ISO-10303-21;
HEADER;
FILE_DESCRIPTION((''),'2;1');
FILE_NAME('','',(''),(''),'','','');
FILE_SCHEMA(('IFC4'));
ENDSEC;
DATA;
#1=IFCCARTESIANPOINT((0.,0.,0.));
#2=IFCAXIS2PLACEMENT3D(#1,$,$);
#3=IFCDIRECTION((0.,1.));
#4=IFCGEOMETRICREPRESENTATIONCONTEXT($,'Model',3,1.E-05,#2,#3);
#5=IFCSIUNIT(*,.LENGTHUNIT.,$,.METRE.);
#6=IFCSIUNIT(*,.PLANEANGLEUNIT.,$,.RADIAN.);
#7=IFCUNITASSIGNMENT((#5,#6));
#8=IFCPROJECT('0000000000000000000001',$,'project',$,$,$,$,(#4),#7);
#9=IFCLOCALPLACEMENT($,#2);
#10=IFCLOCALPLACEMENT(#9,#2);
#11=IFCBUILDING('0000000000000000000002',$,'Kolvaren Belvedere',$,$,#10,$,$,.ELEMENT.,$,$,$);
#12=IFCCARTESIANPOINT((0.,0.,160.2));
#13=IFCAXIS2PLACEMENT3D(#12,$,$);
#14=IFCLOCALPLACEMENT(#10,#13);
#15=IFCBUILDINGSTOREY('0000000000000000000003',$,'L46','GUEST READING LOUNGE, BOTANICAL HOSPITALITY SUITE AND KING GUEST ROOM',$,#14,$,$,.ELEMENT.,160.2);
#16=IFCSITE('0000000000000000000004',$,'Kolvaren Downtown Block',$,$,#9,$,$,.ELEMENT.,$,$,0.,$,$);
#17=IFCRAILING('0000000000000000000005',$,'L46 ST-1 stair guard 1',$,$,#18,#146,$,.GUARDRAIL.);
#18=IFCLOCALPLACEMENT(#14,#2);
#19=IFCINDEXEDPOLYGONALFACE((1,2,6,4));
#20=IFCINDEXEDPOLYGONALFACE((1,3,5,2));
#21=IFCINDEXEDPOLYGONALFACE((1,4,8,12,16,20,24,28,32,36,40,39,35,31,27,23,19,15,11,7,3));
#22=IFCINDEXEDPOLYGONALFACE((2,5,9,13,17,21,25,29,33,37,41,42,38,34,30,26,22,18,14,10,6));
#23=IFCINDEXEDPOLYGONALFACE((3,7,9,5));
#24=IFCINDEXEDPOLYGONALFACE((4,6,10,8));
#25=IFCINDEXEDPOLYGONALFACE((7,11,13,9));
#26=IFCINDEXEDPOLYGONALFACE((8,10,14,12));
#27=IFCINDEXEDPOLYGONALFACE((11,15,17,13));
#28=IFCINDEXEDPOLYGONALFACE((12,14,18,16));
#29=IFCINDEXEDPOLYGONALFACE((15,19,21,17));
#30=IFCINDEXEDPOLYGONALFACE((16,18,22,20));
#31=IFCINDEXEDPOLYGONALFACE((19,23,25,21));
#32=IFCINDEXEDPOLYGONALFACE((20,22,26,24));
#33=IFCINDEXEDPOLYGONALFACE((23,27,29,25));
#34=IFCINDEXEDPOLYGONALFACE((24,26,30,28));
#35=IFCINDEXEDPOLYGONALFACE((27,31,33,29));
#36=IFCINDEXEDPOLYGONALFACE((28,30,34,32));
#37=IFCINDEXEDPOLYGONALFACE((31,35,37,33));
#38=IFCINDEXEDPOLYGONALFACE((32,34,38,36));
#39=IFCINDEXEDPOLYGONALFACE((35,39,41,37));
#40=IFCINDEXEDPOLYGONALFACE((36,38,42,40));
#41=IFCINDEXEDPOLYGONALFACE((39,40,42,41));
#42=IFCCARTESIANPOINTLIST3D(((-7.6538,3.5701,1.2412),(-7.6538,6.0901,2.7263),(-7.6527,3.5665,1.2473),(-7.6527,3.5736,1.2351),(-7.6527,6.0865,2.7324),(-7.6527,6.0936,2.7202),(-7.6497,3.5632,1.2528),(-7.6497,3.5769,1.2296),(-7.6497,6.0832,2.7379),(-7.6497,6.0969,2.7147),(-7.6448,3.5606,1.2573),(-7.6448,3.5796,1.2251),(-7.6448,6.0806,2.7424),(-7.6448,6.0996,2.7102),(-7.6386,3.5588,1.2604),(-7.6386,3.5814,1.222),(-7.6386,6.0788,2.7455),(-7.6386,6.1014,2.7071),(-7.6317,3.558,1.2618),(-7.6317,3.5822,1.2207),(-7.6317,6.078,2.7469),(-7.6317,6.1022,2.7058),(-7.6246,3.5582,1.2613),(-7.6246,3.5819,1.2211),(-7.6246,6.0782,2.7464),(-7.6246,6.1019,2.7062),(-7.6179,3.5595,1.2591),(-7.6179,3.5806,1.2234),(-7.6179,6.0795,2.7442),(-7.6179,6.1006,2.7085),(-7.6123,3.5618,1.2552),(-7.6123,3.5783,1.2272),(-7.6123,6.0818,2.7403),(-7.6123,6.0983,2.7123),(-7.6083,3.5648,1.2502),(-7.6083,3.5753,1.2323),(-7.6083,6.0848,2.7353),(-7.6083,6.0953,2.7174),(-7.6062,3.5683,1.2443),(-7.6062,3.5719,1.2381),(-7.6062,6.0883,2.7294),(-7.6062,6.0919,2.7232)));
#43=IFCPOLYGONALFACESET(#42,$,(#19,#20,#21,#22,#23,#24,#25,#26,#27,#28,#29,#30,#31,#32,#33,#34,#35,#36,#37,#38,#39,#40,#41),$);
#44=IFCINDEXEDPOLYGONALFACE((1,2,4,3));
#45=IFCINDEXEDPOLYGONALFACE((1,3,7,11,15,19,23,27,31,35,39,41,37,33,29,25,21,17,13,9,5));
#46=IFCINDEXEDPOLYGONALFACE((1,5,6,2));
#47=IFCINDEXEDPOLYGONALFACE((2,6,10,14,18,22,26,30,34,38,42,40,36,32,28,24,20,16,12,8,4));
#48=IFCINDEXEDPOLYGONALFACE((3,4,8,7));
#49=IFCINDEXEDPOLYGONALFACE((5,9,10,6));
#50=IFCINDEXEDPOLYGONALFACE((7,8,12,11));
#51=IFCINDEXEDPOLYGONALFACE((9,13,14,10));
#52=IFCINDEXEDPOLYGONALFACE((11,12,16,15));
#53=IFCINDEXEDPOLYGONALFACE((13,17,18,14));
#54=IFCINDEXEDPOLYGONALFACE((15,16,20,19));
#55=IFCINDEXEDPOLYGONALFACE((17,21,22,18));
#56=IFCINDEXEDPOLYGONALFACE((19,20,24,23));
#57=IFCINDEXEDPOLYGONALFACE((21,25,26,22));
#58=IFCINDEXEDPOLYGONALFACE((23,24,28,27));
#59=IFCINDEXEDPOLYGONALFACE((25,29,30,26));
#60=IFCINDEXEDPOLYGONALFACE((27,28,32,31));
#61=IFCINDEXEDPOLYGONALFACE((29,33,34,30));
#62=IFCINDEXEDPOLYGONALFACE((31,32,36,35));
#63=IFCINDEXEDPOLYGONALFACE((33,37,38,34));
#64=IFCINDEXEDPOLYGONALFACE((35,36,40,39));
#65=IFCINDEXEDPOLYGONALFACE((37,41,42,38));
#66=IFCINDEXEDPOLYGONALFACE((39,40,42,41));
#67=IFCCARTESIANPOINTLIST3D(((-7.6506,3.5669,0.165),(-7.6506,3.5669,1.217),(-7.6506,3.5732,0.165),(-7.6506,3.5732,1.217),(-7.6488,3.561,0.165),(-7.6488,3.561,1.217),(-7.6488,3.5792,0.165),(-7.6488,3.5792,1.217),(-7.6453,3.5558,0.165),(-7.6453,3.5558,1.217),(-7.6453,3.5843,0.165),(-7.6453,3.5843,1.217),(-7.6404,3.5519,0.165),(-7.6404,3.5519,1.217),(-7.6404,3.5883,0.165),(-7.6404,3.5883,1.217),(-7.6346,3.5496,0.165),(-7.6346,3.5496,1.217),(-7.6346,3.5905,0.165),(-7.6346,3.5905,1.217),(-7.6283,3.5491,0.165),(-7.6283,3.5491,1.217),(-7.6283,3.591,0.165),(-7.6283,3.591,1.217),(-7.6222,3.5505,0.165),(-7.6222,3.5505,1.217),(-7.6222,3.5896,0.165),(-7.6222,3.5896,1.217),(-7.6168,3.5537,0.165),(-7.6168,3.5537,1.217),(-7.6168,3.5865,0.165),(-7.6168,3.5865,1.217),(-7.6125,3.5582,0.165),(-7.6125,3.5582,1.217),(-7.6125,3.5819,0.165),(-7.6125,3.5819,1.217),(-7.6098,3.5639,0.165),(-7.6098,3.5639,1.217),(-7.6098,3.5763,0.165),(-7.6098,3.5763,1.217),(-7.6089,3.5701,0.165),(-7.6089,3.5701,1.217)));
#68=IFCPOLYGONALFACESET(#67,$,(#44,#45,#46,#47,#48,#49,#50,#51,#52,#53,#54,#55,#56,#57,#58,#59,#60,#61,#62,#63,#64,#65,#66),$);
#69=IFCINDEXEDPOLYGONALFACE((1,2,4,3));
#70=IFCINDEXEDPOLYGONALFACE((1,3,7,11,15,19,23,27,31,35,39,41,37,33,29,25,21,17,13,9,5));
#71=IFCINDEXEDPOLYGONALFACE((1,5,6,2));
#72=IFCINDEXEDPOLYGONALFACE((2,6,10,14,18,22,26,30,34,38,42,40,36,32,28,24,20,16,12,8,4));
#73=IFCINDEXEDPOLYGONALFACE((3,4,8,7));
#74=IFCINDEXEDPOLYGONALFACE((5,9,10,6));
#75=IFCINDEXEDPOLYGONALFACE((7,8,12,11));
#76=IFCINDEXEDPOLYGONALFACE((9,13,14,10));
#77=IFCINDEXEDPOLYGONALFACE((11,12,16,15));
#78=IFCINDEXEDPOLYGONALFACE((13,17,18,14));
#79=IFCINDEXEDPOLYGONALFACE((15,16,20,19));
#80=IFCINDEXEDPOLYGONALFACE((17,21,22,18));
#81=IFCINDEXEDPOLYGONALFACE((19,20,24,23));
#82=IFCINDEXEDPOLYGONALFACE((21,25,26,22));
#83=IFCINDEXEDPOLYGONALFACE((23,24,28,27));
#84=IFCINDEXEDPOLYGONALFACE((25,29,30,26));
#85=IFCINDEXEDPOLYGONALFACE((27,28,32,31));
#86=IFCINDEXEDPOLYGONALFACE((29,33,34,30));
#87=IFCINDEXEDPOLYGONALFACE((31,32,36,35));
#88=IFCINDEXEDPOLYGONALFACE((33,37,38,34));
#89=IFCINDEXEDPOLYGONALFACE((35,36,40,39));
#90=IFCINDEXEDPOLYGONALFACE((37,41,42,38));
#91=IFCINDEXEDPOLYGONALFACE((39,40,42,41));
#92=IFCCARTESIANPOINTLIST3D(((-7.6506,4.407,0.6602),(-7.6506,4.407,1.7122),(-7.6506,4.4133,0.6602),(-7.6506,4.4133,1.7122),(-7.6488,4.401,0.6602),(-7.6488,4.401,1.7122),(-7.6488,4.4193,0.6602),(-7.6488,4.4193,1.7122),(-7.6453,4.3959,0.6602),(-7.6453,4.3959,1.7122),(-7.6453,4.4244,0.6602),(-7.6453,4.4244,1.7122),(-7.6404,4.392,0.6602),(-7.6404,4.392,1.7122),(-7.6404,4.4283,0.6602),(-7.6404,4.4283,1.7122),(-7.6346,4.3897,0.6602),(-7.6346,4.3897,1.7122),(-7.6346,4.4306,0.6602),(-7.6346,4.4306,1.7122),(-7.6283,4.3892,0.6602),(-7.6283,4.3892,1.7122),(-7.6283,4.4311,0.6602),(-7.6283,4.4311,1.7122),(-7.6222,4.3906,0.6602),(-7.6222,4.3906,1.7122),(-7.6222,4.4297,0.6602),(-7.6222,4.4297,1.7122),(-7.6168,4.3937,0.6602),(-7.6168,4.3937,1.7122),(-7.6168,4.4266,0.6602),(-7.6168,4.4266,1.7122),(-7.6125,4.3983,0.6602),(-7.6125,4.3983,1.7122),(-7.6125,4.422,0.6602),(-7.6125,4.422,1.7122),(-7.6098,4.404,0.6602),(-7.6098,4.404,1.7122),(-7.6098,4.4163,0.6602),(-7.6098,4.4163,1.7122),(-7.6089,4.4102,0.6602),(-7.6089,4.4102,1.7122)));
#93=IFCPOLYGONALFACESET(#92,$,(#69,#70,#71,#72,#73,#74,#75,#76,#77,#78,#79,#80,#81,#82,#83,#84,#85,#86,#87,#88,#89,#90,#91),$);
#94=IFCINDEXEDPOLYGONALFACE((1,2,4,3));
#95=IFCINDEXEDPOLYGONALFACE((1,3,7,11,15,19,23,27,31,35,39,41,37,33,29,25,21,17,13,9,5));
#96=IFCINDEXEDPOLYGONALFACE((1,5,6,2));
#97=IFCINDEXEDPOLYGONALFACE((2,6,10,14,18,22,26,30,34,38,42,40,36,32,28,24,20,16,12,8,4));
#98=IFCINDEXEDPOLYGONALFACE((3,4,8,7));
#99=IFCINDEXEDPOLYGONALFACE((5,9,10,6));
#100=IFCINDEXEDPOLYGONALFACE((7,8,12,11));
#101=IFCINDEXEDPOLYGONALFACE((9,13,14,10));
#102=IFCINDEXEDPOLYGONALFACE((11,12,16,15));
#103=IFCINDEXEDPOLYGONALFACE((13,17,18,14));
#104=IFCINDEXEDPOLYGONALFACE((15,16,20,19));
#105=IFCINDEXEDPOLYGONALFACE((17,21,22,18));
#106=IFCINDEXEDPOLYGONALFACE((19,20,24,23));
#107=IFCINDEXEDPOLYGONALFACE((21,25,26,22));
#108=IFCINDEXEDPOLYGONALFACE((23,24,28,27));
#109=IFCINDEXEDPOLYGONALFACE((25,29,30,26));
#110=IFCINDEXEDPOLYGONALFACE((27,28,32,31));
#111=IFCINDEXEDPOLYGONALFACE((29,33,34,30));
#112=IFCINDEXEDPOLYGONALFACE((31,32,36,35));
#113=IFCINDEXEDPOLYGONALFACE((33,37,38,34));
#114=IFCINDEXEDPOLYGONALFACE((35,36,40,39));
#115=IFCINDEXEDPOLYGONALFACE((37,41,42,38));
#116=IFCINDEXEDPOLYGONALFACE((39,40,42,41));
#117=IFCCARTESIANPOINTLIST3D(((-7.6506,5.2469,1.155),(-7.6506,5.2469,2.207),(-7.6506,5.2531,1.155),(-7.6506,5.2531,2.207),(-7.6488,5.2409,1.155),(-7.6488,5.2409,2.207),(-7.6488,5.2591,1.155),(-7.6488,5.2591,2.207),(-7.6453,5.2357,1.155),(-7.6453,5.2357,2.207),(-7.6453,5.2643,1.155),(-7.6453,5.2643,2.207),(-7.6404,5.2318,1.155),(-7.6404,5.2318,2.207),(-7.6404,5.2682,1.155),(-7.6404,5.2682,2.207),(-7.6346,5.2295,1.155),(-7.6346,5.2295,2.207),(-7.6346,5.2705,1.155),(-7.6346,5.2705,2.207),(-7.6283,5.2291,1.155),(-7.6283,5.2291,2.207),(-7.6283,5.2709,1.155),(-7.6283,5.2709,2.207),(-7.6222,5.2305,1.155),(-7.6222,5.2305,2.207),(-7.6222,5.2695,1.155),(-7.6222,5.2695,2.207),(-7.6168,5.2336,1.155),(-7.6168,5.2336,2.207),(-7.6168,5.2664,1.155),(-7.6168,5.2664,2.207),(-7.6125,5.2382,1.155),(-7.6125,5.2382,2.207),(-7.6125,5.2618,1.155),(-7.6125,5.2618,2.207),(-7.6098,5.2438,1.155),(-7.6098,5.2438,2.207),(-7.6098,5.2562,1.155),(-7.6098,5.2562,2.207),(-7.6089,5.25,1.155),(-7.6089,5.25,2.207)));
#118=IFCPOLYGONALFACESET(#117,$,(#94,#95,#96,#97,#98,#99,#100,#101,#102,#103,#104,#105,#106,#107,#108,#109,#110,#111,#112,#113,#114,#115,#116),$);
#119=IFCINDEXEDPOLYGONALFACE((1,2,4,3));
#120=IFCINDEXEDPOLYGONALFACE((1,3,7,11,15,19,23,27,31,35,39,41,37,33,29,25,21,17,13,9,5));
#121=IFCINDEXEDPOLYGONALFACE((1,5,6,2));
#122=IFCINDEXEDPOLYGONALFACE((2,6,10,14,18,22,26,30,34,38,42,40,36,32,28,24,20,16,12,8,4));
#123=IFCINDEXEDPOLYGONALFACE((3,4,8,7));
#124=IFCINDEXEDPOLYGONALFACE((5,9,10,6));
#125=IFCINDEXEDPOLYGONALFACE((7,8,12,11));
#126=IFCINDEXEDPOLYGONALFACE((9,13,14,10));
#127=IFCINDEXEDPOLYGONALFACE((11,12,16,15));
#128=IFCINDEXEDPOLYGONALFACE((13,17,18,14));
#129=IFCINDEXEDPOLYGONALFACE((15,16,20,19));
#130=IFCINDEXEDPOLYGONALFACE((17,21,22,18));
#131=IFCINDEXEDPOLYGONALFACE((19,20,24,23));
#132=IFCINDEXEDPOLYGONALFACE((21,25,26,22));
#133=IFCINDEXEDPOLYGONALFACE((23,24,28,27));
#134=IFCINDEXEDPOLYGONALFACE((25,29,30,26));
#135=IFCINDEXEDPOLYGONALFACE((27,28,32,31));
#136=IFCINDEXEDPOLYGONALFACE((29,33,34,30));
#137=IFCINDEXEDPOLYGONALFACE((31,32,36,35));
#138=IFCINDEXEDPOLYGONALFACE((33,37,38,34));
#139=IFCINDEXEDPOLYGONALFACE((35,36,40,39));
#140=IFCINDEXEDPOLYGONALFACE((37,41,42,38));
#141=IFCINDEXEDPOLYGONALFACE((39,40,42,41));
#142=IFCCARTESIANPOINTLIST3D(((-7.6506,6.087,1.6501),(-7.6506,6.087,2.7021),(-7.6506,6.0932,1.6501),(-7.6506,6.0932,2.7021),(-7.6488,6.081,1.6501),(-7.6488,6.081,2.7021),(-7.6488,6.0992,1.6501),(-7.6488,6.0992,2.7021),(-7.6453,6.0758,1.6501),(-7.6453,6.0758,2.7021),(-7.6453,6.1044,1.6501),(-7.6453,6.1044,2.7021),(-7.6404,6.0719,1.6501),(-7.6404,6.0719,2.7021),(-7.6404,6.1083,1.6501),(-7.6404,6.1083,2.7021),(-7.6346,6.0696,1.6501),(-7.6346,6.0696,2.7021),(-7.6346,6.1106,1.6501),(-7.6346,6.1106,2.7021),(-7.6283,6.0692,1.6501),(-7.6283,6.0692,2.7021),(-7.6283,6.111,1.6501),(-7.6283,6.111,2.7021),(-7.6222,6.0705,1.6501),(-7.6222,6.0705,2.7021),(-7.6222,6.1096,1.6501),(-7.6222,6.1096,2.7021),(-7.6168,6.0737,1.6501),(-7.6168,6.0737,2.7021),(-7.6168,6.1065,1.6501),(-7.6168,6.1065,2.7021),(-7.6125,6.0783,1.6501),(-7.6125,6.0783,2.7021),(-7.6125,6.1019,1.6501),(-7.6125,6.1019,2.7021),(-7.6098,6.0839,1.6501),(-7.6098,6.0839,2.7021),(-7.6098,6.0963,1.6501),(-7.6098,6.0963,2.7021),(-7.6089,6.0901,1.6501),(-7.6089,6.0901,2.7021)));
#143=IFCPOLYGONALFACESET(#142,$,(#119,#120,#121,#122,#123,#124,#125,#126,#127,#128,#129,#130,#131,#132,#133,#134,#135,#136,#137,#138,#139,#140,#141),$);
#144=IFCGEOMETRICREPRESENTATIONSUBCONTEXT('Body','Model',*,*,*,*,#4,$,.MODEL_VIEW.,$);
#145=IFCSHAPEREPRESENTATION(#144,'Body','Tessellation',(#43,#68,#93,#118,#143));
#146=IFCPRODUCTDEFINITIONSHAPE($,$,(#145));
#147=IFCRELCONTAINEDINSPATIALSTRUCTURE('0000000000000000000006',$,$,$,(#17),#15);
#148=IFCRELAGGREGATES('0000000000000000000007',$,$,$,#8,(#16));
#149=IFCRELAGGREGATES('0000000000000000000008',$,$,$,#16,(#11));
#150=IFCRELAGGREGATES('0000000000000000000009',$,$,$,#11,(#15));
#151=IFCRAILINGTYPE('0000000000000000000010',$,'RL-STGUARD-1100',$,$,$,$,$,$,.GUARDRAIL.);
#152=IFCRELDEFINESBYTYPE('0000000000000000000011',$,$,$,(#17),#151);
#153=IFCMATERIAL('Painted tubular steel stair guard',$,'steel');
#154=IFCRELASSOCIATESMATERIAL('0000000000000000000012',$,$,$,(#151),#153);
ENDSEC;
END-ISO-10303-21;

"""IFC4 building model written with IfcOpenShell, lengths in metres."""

from ifc_helpers import new_model, si_unit, direction, frame, origin, origin_2d, place, context, subcontext, project, spatial, circle, extrude, material, type_object, element, save


model = new_model("IFC4")

# Units and contexts
model_context = context("Model", 3, precision=1e-05, world=origin(), true_north=direction((0.0, 1.0)))
body_context = subcontext(model_context, "Body", "Model", "MODEL_VIEW")
ifc_project = project(units=[si_unit("LENGTHUNIT", "METRE"), si_unit("PLANEANGLEUNIT", "RADIAN")], contexts=[model_context])

# Site, building, storey
site_placement = place(None, origin())
site = spatial("IfcSite", under=ifc_project, at=site_placement, Name="Kolvaren Downtown Block", CompositionType="ELEMENT", RefElevation=0.0)
building_placement = place(site_placement, origin())
building = spatial("IfcBuilding", under=site, at=building_placement, Name="Kolvaren Belvedere", CompositionType="ELEMENT")
storey_placement = place(building_placement, frame((0.0, 0.0, 160.2)))
storey = spatial("IfcBuildingStorey", under=building, at=storey_placement, Name="L46", Description="GUEST READING LOUNGE, BOTANICAL HOSPITALITY SUITE AND KING GUEST ROOM", CompositionType="ELEMENT", Elevation=160.2)

# Railing
ifc_material_1 = material(Name="Painted tubular steel stair guard", Category="steel")
railing_type_1 = type_object("IfcRailingType", Name="RL-STGUARD-1100", PredefinedType="GUARDRAIL", material=ifc_material_1)
railing_1_placement = place(storey_placement, frame((-7.6299, 3.5701, 0.165)))
element("IfcRailing", 1, at=railing_1_placement, inside=storey, type_object=railing_type_1, Name="L46 ST-1 stair guard 1", PredefinedType="GUARDRAIL", context=body_context, shape_type="SweptSolid", body=[
    extrude(circle(Radius=0.0239, at=origin_2d()), frame((0.0, 0.0, 1.0762), z_axis=(0.0, 0.861524, 0.507717), x_axis=(-1.0, 0.0, 0.0)), (0.0, 0.0, 1.0), 2.925),
    extrude(circle(Radius=0.021, at=origin_2d()), origin(), (0.0, 0.0, 1.0), 1.052),
    extrude(circle(Radius=0.021, at=origin_2d()), frame((0.0, 0.8401, 0.4951)), (0.0, 0.0, 1.0), 1.052),
    extrude(circle(Radius=0.021, at=origin_2d()), frame((0.0, 1.6799, 0.99)), (0.0, 0.0, 1.0), 1.052),
    extrude(circle(Radius=0.021, at=origin_2d()), frame((0.0, 2.52, 1.4851)), (0.0, 0.0, 1.0), 1.052),
])

save(model, "model.ifc")
